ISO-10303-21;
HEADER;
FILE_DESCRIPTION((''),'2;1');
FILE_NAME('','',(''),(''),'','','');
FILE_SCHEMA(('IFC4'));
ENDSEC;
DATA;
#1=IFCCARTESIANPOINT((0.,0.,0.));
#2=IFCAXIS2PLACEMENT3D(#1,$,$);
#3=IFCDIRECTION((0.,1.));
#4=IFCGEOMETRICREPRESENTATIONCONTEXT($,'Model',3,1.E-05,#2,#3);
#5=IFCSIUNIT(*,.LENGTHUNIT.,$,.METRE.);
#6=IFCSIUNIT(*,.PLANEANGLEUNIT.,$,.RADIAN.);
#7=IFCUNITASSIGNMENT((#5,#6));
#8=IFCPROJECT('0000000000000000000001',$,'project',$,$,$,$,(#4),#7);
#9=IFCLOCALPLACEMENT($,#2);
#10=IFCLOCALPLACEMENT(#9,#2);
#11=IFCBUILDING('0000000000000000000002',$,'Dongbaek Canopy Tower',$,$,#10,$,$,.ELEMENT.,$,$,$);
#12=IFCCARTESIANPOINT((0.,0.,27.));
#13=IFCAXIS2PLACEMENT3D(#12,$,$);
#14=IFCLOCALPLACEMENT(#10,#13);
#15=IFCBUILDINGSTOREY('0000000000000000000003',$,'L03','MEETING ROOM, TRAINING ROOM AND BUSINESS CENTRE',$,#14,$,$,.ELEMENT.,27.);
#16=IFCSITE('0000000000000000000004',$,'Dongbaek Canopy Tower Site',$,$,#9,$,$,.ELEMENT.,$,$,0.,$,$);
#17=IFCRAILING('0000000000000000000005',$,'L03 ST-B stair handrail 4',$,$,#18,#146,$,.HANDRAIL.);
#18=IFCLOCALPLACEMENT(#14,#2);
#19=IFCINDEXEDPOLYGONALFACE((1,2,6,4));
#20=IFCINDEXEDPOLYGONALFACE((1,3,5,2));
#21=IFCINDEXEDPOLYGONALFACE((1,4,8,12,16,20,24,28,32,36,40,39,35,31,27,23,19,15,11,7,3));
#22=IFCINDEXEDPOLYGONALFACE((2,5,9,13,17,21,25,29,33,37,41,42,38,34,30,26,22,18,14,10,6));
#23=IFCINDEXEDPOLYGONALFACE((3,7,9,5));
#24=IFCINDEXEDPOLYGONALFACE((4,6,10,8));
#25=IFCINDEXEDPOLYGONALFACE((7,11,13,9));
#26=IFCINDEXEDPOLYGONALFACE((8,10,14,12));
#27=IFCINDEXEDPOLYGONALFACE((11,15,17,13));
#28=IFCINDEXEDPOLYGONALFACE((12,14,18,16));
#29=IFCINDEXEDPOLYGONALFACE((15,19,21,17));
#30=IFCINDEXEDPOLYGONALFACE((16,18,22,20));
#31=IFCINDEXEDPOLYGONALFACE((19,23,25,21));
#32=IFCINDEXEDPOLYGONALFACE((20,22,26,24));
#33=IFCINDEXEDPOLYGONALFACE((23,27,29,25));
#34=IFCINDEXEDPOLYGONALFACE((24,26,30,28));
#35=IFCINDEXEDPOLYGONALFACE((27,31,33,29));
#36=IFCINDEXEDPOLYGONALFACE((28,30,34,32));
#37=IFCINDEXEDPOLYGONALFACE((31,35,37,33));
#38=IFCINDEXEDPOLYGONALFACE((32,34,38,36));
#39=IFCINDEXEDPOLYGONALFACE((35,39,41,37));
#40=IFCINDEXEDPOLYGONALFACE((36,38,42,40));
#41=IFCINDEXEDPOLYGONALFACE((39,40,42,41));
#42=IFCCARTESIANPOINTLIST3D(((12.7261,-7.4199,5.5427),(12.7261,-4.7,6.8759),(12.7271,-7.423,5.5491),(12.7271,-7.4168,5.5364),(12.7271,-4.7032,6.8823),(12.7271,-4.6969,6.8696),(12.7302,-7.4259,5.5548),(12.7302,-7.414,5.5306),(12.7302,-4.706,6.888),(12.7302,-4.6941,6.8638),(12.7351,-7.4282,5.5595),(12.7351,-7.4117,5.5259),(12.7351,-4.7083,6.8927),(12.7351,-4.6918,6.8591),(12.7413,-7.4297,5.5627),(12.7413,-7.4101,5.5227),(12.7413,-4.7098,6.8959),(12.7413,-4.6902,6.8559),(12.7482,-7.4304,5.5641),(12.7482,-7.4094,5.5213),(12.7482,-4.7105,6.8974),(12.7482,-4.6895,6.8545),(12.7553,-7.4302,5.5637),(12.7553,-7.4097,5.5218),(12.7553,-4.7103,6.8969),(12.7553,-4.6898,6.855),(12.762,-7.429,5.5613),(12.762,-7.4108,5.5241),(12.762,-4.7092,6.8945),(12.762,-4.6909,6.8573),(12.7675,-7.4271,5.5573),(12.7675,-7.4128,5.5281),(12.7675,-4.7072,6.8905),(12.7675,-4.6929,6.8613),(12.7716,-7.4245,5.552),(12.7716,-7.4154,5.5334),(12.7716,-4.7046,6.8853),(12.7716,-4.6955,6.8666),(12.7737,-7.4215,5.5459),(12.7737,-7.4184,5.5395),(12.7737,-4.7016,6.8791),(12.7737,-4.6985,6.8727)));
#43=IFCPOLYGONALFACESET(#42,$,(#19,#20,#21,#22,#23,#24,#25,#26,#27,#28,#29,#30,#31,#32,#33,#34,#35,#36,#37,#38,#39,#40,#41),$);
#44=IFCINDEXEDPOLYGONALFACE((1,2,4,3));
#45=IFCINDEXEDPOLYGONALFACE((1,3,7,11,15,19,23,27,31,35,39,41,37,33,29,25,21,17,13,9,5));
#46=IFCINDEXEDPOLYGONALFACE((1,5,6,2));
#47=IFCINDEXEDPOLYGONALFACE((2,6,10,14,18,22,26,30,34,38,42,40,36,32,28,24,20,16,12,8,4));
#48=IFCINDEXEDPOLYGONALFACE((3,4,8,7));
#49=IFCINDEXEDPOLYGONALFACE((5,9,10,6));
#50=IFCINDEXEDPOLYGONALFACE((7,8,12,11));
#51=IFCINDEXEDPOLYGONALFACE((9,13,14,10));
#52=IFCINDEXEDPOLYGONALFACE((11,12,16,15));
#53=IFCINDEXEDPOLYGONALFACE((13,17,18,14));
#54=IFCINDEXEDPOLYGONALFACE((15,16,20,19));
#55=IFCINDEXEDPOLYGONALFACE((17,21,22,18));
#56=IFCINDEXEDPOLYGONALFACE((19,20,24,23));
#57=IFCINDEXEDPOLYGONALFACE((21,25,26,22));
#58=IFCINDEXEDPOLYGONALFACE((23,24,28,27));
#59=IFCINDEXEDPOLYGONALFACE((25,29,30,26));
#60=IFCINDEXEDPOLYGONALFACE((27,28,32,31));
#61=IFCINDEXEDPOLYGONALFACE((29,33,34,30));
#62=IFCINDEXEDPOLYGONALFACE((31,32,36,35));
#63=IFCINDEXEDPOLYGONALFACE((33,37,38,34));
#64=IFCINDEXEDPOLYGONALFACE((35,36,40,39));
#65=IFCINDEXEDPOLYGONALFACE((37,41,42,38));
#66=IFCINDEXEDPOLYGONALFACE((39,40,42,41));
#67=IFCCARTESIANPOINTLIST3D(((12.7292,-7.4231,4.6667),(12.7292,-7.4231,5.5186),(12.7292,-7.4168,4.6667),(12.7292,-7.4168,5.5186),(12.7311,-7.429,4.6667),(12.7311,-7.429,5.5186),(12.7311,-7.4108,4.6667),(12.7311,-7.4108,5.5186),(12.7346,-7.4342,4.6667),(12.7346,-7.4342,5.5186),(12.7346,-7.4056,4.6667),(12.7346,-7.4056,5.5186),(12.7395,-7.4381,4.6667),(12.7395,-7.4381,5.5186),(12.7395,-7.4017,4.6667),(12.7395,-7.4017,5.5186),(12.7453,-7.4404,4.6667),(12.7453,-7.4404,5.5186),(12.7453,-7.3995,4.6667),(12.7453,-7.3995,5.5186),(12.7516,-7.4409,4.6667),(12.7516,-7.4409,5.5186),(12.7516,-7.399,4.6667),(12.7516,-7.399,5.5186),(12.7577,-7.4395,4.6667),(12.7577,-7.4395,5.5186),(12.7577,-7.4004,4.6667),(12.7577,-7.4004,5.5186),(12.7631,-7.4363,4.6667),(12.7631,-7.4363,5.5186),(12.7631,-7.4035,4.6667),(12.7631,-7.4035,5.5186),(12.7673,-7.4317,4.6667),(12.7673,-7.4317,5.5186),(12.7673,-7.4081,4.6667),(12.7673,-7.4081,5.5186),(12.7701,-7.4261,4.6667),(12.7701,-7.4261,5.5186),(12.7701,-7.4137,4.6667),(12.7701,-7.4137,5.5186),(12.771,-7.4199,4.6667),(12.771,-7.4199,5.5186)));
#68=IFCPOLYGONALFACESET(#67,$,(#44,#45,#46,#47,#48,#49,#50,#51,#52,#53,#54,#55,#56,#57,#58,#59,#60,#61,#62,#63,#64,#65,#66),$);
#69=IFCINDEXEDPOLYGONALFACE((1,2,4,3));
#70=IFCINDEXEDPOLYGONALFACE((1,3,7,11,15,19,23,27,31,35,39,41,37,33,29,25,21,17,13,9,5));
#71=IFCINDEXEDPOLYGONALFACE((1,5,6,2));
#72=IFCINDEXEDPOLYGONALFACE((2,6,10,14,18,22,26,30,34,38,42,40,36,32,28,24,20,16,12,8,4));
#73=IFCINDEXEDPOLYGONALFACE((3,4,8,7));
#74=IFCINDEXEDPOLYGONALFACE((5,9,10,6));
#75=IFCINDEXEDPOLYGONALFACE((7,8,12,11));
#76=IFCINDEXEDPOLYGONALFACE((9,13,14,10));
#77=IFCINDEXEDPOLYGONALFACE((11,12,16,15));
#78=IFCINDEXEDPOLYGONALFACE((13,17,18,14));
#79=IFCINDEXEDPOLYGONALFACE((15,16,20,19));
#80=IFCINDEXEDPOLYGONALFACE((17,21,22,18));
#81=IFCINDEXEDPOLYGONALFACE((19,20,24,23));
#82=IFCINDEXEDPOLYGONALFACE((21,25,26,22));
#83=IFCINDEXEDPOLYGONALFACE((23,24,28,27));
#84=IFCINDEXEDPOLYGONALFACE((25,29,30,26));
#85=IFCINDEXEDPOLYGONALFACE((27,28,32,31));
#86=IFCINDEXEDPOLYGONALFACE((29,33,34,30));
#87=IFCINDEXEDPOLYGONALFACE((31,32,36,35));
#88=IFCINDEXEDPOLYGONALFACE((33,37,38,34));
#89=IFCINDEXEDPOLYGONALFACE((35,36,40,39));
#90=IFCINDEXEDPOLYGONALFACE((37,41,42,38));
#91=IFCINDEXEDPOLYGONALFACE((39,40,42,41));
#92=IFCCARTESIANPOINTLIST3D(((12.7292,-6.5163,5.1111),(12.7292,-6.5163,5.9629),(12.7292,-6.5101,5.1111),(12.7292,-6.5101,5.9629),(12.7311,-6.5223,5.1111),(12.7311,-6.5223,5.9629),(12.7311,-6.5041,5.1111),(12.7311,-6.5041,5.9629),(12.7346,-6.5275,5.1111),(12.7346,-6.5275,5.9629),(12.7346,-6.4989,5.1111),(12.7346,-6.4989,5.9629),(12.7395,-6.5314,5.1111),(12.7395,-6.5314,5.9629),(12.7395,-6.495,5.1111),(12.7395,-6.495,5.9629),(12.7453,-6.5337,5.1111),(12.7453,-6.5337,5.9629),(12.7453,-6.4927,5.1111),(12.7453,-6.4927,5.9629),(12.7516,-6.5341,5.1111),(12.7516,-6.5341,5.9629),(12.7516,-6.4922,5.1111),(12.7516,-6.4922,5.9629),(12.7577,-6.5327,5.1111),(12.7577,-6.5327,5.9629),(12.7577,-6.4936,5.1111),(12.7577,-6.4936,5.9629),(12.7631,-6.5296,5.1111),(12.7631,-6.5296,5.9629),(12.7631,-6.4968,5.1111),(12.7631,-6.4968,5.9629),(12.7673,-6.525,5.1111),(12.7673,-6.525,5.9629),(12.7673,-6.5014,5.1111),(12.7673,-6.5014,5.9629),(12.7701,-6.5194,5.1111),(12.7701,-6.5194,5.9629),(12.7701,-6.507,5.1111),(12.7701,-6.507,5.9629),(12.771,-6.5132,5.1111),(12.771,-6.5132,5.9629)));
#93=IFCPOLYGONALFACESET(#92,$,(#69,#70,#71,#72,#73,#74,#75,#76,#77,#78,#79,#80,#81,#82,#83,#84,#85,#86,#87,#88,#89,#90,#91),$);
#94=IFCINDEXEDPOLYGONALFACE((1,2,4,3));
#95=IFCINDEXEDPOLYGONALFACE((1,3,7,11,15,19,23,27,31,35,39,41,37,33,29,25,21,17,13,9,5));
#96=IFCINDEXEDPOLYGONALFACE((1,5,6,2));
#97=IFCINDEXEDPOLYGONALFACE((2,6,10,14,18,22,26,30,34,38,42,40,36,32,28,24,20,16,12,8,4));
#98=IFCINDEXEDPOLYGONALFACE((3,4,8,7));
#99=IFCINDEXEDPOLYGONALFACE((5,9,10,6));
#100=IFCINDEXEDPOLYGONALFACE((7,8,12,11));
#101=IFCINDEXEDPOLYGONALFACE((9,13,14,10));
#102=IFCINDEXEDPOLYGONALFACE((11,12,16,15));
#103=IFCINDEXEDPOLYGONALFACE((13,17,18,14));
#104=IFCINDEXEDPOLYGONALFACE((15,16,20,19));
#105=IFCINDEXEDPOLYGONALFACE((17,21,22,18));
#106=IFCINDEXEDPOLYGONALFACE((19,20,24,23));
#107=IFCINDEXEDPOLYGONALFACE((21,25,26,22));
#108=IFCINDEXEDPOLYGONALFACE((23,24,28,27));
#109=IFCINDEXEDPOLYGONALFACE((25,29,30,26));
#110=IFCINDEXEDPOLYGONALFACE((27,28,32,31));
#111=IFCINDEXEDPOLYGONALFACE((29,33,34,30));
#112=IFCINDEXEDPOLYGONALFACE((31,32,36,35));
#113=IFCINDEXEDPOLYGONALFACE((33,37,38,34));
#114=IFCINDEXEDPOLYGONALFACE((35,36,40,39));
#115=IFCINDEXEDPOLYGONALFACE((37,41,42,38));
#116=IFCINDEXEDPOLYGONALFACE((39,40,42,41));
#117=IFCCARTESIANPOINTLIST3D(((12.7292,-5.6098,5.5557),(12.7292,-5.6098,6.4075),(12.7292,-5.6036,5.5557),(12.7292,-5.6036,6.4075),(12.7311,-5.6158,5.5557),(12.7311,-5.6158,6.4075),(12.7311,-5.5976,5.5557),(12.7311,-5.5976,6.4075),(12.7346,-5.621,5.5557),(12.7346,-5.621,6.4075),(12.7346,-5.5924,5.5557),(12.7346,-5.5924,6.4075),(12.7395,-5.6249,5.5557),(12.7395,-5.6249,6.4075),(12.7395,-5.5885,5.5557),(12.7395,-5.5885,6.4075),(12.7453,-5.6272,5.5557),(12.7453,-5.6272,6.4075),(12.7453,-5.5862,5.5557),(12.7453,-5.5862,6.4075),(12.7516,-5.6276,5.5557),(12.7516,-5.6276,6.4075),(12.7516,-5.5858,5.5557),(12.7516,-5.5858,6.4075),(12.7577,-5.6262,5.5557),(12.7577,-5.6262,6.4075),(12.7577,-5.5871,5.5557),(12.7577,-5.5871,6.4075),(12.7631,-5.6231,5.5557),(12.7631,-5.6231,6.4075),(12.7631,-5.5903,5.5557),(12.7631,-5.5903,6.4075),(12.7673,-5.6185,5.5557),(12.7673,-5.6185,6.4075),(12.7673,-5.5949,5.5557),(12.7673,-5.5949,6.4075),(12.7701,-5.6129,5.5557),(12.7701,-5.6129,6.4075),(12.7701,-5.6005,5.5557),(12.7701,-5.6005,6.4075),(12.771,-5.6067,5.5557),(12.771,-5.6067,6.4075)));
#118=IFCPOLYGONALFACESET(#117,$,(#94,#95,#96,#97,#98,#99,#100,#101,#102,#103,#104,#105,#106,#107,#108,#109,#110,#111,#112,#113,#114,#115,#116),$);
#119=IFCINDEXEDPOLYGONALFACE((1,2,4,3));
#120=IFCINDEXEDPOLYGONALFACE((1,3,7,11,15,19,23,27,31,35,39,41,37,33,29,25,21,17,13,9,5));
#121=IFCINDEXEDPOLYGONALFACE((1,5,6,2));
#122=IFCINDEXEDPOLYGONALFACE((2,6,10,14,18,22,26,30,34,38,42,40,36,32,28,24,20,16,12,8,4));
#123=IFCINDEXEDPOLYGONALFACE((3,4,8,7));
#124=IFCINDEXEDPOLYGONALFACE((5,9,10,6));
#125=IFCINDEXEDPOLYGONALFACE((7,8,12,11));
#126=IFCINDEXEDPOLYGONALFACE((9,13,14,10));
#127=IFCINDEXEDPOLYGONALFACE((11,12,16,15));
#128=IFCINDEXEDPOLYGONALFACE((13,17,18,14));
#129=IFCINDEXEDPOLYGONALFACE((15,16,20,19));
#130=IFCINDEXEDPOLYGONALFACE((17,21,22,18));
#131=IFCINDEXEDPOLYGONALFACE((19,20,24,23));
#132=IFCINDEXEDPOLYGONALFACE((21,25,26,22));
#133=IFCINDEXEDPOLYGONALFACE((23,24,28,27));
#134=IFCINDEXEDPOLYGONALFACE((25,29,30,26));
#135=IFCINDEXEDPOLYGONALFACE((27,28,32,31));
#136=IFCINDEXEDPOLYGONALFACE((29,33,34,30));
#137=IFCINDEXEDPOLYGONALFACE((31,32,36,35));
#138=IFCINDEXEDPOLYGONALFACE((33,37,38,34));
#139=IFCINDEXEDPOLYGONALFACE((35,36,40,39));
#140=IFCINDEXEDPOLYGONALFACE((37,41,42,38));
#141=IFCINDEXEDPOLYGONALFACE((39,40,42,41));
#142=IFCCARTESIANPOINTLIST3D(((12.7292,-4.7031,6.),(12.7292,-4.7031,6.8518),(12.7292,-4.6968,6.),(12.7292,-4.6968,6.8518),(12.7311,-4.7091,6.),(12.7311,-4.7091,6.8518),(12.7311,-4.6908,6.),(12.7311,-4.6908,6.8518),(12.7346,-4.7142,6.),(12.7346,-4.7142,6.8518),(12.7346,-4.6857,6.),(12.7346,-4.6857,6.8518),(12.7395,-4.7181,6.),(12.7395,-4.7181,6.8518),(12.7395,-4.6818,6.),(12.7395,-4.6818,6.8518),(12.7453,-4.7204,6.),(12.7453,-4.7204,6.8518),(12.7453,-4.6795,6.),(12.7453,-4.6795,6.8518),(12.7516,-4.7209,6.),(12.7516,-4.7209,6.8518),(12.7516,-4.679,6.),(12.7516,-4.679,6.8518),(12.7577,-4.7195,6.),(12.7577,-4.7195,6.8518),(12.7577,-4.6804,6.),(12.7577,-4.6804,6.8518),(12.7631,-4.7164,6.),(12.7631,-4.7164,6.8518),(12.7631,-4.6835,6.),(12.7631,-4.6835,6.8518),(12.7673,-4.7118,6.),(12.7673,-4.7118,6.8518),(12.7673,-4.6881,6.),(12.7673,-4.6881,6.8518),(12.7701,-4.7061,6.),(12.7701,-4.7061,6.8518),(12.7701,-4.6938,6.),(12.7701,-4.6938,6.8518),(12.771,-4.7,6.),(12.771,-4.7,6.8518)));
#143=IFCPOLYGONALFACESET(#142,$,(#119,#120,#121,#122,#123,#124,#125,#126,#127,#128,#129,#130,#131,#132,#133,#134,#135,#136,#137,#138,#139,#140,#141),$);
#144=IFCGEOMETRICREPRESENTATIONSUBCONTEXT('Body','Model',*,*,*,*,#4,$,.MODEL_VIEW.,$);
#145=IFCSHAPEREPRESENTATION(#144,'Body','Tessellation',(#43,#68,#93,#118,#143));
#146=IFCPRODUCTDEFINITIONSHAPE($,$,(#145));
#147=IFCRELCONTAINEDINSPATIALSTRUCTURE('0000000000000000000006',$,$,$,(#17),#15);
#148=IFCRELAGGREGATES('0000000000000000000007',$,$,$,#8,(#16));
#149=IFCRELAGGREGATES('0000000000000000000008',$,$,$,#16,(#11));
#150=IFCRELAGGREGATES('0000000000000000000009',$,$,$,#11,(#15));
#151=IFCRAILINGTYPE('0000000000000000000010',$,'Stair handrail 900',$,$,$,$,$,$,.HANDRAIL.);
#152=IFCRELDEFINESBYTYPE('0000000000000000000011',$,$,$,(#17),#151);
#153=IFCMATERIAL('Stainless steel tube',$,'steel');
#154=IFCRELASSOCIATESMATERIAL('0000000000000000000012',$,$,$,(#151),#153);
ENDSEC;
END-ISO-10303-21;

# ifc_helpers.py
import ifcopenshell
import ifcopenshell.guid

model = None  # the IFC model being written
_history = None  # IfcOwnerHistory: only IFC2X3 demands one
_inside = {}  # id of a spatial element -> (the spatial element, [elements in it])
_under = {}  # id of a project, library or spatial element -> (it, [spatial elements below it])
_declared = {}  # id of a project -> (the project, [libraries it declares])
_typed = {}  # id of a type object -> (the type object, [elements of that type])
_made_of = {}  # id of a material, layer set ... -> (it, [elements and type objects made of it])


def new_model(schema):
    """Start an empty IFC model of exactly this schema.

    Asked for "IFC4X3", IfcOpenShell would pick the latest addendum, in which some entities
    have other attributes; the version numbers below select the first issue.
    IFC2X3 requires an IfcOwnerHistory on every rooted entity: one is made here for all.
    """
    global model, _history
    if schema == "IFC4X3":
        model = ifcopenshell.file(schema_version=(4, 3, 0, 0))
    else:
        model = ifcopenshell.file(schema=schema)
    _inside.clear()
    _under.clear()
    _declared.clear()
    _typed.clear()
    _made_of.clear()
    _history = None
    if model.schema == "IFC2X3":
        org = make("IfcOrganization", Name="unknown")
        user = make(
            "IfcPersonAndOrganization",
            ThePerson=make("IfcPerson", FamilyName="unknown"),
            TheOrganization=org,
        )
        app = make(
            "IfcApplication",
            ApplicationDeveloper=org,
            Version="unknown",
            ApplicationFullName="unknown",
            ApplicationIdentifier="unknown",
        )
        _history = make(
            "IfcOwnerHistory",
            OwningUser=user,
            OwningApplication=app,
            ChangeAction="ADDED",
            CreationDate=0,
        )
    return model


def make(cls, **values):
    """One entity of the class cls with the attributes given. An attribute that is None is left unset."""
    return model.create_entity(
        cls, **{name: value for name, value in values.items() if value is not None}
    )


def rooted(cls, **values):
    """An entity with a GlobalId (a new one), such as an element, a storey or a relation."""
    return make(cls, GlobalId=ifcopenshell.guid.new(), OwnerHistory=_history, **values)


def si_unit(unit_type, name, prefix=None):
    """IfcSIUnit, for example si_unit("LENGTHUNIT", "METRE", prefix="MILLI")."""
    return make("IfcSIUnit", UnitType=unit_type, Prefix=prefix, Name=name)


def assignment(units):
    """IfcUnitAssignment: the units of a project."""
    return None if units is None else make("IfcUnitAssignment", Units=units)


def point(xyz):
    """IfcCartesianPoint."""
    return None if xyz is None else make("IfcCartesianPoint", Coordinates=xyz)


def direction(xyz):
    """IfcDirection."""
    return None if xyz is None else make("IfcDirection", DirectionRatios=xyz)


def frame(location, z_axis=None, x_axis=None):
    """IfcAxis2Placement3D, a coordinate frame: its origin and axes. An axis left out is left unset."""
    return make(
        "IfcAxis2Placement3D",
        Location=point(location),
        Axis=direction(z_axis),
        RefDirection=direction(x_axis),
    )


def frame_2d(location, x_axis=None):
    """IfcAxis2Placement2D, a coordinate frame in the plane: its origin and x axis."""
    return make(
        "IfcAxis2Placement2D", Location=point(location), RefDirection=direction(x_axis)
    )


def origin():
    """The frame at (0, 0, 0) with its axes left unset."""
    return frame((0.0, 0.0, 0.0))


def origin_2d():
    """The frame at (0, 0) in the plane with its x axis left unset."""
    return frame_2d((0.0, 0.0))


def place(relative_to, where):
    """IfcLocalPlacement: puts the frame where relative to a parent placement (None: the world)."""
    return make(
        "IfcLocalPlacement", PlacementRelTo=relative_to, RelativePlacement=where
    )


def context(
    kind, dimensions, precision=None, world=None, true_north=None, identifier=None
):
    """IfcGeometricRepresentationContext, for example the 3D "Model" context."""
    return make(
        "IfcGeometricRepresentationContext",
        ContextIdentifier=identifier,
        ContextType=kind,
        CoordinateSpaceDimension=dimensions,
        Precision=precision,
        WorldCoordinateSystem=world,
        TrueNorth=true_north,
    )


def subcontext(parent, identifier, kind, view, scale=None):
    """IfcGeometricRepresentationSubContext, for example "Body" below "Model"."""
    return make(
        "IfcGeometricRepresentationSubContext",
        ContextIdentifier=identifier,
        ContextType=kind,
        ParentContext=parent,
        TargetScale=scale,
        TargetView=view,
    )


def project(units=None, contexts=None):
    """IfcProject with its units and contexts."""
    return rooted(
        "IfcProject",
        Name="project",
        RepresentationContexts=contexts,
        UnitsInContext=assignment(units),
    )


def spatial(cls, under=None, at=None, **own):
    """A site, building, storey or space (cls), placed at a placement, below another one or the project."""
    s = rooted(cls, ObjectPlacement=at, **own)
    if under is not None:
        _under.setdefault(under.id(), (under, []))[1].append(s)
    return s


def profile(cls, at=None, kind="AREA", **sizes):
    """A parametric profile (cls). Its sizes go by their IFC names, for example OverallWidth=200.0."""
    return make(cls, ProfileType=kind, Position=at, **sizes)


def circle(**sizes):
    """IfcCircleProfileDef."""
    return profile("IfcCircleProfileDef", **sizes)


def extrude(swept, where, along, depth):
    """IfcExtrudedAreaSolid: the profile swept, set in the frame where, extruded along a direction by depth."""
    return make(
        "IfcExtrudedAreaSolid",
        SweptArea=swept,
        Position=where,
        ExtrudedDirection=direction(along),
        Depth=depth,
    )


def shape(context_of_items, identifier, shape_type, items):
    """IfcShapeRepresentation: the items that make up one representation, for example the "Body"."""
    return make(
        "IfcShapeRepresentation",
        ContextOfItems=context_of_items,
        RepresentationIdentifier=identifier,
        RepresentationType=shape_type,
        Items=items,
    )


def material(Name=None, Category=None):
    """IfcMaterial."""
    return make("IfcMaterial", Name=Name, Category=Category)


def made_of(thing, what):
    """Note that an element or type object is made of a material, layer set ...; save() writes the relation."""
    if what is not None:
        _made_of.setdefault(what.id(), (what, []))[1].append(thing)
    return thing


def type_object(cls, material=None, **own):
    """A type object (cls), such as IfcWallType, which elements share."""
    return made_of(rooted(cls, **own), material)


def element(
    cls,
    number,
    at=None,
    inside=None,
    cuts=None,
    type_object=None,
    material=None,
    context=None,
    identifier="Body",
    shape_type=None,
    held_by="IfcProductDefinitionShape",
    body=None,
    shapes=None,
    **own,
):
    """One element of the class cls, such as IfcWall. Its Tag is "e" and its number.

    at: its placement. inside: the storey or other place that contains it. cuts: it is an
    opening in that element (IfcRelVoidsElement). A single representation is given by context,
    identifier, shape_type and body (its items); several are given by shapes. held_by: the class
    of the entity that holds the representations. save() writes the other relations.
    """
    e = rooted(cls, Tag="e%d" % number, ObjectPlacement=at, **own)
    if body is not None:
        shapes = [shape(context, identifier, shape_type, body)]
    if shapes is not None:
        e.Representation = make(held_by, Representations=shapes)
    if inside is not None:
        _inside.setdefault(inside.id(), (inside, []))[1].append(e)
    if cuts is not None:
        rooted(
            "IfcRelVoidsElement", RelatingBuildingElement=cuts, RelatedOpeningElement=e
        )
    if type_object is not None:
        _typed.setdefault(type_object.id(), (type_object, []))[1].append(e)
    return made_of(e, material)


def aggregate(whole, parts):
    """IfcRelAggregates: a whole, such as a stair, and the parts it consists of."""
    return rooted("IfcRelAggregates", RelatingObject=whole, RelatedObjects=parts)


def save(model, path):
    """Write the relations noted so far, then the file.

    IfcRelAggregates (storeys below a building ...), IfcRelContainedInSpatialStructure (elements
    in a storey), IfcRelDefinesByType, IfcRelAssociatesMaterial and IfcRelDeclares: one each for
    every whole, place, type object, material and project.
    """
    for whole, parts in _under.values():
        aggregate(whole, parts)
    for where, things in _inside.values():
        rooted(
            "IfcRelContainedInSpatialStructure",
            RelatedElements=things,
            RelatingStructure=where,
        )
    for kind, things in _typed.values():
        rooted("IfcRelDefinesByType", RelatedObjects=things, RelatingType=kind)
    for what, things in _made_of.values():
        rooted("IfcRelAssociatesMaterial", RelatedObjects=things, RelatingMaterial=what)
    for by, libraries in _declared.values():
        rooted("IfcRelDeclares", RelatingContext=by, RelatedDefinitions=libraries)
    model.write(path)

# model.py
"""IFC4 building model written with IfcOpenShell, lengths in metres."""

from ifc_helpers import new_model, si_unit, direction, frame, origin, origin_2d, place, context, subcontext, project, spatial, circle, extrude, material, type_object, element, save


model = new_model("IFC4")

# Units and contexts
model_context = context("Model", 3, precision=1e-05, world=origin(), true_north=direction((0.0, 1.0)))
body_context = subcontext(model_context, "Body", "Model", "MODEL_VIEW")
ifc_project = project(units=[si_unit("LENGTHUNIT", "METRE"), si_unit("PLANEANGLEUNIT", "RADIAN")], contexts=[model_context])

# Site, building, storey
site_placement = place(None, origin())
site = spatial("IfcSite", under=ifc_project, at=site_placement, Name="Dongbaek Canopy Tower Site", CompositionType="ELEMENT", RefElevation=0.0)
building_placement = place(site_placement, origin())
building = spatial("IfcBuilding", under=site, at=building_placement, Name="Dongbaek Canopy Tower", CompositionType="ELEMENT")
storey_placement = place(building_placement, frame((0.0, 0.0, 27.0)))
storey = spatial("IfcBuildingStorey", under=building, at=storey_placement, Name="L03", Description="MEETING ROOM, TRAINING ROOM AND BUSINESS CENTRE", CompositionType="ELEMENT", Elevation=27.0)

# Railing
ifc_material_1 = material(Name="Stainless steel tube", Category="steel")
railing_type_1 = type_object("IfcRailingType", Name="Stair handrail 900", PredefinedType="HANDRAIL", material=ifc_material_1)
railing_1_placement = place(storey_placement, frame((12.75, -7.4199, 4.6667)))
element("IfcRailing", 1, at=railing_1_placement, inside=storey, type_object=railing_type_1, Name="L03 ST-B stair handrail 4", PredefinedType="HANDRAIL", context=body_context, shape_type="SweptSolid", body=[
    extrude(circle(Radius=0.0239, at=origin_2d()), frame((0.0, 0.0, 0.876), z_axis=(0.0, 0.897929, 0.440139), x_axis=(-1.0, 0.0, 0.0)), (0.0, 0.0, 1.0), 3.0291),
    extrude(circle(Radius=0.021, at=origin_2d()), origin(), (0.0, 0.0, 1.0), 0.8518),
    extrude(circle(Radius=0.021, at=origin_2d()), frame((0.0, 0.9067, 0.4443)), (0.0, 0.0, 1.0), 0.8518),
    extrude(circle(Radius=0.021, at=origin_2d()), frame((0.0, 1.8132, 0.8889)), (0.0, 0.0, 1.0), 0.8518),
    extrude(circle(Radius=0.021, at=origin_2d()), frame((0.0, 2.72, 1.3333)), (0.0, 0.0, 1.0), 0.8518),
])

save(model, "model.ifc")
